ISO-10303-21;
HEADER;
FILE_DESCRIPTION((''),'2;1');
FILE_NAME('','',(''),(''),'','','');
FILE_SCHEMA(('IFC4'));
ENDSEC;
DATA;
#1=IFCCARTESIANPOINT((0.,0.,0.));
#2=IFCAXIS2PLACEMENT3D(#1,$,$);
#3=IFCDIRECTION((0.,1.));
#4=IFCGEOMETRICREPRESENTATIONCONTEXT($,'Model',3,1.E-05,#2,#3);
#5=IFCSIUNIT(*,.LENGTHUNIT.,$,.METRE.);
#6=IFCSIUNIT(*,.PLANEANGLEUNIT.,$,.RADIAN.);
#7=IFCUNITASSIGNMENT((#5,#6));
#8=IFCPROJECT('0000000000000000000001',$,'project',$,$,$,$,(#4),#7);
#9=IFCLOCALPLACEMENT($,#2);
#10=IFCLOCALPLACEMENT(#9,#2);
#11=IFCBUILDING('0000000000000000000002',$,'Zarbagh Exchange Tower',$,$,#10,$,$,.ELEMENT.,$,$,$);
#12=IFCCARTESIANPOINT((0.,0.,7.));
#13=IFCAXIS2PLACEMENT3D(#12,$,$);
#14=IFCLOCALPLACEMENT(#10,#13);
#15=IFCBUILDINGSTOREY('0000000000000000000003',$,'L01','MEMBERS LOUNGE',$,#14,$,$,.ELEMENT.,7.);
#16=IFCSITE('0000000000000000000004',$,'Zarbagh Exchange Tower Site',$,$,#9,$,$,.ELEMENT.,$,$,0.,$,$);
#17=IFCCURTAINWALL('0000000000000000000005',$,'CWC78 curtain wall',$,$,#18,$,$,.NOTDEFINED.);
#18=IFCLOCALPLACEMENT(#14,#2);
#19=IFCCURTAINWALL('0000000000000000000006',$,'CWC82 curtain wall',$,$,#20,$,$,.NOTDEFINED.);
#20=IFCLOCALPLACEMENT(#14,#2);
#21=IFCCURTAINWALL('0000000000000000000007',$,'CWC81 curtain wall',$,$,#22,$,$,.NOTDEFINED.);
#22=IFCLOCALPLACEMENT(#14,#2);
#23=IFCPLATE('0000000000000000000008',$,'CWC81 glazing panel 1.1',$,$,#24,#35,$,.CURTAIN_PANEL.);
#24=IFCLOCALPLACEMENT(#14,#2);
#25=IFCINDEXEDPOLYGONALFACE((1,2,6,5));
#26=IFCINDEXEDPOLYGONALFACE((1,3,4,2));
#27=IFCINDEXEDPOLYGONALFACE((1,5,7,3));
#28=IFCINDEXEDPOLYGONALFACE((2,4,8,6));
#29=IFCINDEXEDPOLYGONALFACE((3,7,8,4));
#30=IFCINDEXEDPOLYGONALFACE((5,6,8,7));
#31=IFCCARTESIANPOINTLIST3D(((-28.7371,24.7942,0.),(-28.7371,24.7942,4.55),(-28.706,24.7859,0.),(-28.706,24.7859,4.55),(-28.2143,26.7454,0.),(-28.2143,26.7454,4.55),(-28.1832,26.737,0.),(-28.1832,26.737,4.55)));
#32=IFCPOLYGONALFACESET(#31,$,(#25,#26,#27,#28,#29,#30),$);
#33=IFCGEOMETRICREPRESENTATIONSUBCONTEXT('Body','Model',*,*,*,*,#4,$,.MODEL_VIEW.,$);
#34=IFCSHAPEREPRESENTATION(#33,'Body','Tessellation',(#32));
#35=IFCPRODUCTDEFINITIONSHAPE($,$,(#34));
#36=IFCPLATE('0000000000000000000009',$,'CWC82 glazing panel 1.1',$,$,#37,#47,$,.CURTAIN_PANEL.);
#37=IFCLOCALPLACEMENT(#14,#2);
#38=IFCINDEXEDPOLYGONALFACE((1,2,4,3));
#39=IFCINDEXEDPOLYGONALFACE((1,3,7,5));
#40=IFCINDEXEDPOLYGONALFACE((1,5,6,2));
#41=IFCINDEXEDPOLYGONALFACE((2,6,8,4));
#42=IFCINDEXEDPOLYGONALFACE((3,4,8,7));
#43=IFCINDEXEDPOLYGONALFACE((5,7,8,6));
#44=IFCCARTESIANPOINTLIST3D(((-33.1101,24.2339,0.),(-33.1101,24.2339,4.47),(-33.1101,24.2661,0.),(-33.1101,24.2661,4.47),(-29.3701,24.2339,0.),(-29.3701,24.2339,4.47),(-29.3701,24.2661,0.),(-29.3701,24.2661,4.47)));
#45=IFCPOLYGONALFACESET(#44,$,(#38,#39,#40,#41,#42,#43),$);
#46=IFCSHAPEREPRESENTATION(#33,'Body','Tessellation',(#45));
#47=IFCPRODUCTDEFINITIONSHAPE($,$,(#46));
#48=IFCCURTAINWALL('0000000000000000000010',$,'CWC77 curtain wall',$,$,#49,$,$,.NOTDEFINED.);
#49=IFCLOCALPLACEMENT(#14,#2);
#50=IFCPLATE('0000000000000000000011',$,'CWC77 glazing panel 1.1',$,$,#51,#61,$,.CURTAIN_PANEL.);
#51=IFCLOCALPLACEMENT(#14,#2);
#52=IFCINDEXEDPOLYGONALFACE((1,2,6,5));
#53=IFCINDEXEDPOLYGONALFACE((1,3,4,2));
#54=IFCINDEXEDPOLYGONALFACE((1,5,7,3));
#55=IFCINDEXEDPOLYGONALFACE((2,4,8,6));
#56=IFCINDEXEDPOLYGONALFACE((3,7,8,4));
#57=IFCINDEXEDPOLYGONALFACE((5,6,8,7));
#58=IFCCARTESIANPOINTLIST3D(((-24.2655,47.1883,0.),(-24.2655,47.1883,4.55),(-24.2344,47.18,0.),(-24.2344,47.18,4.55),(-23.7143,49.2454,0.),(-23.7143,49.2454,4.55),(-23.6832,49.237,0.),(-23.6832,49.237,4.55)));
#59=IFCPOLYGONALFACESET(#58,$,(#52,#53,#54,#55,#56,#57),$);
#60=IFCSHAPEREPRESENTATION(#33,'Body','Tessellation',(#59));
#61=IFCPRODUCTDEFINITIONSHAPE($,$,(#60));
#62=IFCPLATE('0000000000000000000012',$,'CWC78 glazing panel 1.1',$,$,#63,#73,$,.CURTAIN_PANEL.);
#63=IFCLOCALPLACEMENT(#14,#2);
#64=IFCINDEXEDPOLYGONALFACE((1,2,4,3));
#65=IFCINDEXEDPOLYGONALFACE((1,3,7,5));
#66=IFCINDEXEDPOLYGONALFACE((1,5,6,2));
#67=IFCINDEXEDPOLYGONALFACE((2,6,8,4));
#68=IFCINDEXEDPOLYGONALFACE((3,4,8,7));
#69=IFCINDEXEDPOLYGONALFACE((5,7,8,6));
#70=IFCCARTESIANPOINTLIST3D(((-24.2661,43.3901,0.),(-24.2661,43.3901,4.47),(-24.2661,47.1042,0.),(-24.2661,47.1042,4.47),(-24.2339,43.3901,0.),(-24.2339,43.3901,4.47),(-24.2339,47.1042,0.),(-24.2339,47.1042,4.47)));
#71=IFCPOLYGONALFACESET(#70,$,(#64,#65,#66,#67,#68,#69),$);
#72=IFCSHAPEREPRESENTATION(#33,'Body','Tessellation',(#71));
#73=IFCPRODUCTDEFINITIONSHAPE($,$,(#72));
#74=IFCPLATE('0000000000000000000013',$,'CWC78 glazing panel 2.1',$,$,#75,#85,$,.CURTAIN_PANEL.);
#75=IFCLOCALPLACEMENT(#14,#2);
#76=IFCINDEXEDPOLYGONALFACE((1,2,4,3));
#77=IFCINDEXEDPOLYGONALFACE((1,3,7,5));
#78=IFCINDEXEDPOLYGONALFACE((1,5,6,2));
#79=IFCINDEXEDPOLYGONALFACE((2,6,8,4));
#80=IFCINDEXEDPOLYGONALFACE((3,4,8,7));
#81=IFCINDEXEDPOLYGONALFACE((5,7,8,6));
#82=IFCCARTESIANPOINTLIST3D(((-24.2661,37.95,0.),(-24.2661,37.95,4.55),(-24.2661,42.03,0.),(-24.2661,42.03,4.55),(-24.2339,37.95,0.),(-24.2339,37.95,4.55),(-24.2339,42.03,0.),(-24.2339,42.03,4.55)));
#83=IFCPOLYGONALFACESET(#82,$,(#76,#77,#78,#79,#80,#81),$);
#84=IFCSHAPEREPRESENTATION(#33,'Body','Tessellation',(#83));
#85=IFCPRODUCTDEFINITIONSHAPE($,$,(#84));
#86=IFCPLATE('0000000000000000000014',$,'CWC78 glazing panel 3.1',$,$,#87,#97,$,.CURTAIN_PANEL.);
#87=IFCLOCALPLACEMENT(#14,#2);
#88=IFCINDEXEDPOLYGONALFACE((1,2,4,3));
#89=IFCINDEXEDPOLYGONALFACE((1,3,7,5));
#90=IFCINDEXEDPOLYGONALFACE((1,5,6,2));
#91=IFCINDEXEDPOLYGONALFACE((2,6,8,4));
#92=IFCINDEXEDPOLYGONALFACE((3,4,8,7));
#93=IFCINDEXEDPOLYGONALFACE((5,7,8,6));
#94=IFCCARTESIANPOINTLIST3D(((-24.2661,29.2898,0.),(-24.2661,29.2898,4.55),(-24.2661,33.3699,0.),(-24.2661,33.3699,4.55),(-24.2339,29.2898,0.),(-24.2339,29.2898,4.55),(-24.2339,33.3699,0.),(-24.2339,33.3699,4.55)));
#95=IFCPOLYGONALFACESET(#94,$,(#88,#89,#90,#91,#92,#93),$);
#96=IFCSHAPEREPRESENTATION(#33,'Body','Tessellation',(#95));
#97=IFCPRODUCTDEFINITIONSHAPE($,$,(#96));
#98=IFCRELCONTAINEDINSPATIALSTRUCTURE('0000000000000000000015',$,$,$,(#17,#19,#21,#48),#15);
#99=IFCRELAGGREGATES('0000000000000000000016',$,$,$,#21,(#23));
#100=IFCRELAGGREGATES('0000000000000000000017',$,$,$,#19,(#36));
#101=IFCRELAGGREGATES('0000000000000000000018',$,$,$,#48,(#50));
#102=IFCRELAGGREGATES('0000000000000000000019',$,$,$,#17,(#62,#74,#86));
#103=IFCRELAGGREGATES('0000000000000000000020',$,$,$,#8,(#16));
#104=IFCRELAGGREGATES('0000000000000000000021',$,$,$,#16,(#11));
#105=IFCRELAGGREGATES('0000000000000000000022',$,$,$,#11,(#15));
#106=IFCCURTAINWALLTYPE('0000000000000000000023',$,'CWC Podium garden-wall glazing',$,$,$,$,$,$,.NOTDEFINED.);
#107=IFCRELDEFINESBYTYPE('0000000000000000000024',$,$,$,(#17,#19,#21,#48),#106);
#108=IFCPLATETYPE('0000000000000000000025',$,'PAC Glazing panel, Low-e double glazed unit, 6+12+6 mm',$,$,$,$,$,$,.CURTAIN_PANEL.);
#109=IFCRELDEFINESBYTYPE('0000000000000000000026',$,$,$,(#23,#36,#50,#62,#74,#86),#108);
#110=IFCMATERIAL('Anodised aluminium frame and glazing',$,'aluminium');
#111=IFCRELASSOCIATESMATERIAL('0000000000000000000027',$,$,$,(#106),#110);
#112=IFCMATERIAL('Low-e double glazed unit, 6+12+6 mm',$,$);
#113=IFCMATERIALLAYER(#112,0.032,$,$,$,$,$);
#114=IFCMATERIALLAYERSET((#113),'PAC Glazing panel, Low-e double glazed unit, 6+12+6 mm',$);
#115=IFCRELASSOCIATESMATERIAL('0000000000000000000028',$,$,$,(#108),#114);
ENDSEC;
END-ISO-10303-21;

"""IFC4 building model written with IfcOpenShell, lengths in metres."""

from ifc_helpers import new_model, si_unit, direction, frame, origin, place, context, subcontext, project, spatial, polyline, outline, extrude, source, transform, mapped, material, layer, layer_set, type_object, element, aggregate, save


model = new_model("IFC4")

# Units and contexts
model_context = context("Model", 3, precision=1e-05, world=origin(), true_north=direction((0.0, 1.0)))
body_context = subcontext(model_context, "Body", "Model", "MODEL_VIEW")
ifc_project = project(units=[si_unit("LENGTHUNIT", "METRE"), si_unit("PLANEANGLEUNIT", "RADIAN")], contexts=[model_context])

# Site, building, storey
site_placement = place(None, origin())
site = spatial("IfcSite", under=ifc_project, at=site_placement, Name="Zarbagh Exchange Tower Site", CompositionType="ELEMENT", RefElevation=0.0)
building_placement = place(site_placement, origin())
building = spatial("IfcBuilding", under=site, at=building_placement, Name="Zarbagh Exchange Tower", CompositionType="ELEMENT")
storey_placement = place(building_placement, frame((0.0, 0.0, 7.0)))
storey = spatial("IfcBuildingStorey", under=building, at=storey_placement, Name="L01", Description="MEMBERS LOUNGE", CompositionType="ELEMENT", Elevation=7.0)

# Curtain walls
ifc_material_1 = material(Name="Anodised aluminium frame and glazing", Category="aluminium")
curtain_wall_type = type_object("IfcCurtainWallType", Name="CWC Podium garden-wall glazing", PredefinedType="NOTDEFINED", material=ifc_material_1)
curtain_wall_1_placement = place(storey_placement, origin())
curtain_wall_1 = element("IfcCurtainWall", 1, at=curtain_wall_1_placement, inside=storey, type_object=curtain_wall_type, Name="CWC78 curtain wall", PredefinedType="NOTDEFINED")
placement = place(storey_placement, origin())
curtain_wall_2_placement = place(storey_placement, origin())
curtain_wall_2 = element("IfcCurtainWall", 2, at=curtain_wall_2_placement, inside=storey, type_object=curtain_wall_type, Name="CWC82 curtain wall", PredefinedType="NOTDEFINED")

# Shared definitions
ifc_material_2 = material(Name="Low-e double glazed unit, 6+12+6 mm")
ifc_layer = layer(ifc_material_2, 0.032)
ifc_layer_set = layer_set([ifc_layer], Name="PAC Glazing panel, Low-e double glazed unit, 6+12+6 mm")
plate_type = type_object("IfcPlateType", Name="PAC Glazing panel, Low-e double glazed unit, 6+12+6 mm", PredefinedType="CURTAIN_PANEL", material=ifc_layer_set)

# Curtain wall, plate
curtain_wall_3_placement = place(storey_placement, origin())
curtain_wall_3 = element("IfcCurtainWall", 3, at=curtain_wall_3_placement, inside=storey, type_object=curtain_wall_type, Name="CWC81 curtain wall", PredefinedType="NOTDEFINED")
shared_shape_1 = source(origin(), body_context, "Body", "SweptSolid", [
    extrude(outline(polyline([(0.0, -0.0161), (2.02, -0.0161), (2.02, 0.0161), (0.0, 0.0161), (0.0, -0.0161)])), origin(), (0.0, 0.0, 1.0), 4.55),
])
plate_1 = element("IfcPlate", 4, at=placement, type_object=plate_type, Name="CWC81 glazing panel 1.1", PredefinedType="CURTAIN_PANEL", context=body_context, shape_type="MappedRepresentation", body=[
    mapped(shared_shape_1, transform((-28.1987, 26.7412, 0.0), x_axis=(-0.258825, -0.965924, 0.0), y_axis=(0.965924, -0.258825, 0.0), z_axis=(0.0, 0.0, 1.0))),
])
aggregate(curtain_wall_3, [plate_1])

# Plate
shared_shape_2 = source(origin(), body_context, "Body", "SweptSolid", [
    extrude(outline(polyline([(0.0, -0.0161), (3.74, -0.0161), (3.74, 0.0161), (0.0, 0.0161), (0.0, -0.0161)])), origin(), (0.0, 0.0, 1.0), 4.47),
])
plate_2 = element("IfcPlate", 5, at=placement, type_object=plate_type, Name="CWC82 glazing panel 1.1", PredefinedType="CURTAIN_PANEL", context=body_context, shape_type="MappedRepresentation", body=[
    mapped(shared_shape_2, transform((-29.3701, 24.25, 0.0), x_axis=(-1.0, 0.0, 0.0), y_axis=(0.0, -1.0, 0.0), z_axis=(0.0, 0.0, 1.0))),
])
aggregate(curtain_wall_2, [plate_2])

# Curtain wall, plate
curtain_wall_4_placement = place(storey_placement, origin())
curtain_wall_4 = element("IfcCurtainWall", 6, at=curtain_wall_4_placement, inside=storey, type_object=curtain_wall_type, Name="CWC77 curtain wall", PredefinedType="NOTDEFINED")
shared_shape_3 = source(origin(), body_context, "Body", "SweptSolid", [
    extrude(outline(polyline([(0.0, -0.0161), (2.1296, -0.0161), (2.1296, 0.0161), (0.0, 0.0161), (0.0, -0.0161)])), origin(), (0.0, 0.0, 1.0), 4.55),
])
plate_3 = element("IfcPlate", 7, at=placement, type_object=plate_type, Name="CWC77 glazing panel 1.1", PredefinedType="CURTAIN_PANEL", context=body_context, shape_type="MappedRepresentation", body=[
    mapped(shared_shape_3, transform((-23.6987, 49.2412, 0.0), x_axis=(-0.258825, -0.965924, 0.0), y_axis=(0.965924, -0.258825, 0.0), z_axis=(0.0, 0.0, 1.0))),
])
aggregate(curtain_wall_4, [plate_3])

# Plates
shared_shape_4 = source(origin(), body_context, "Body", "SweptSolid", [
    extrude(outline(polyline([(0.0, -0.0161), (3.7141, -0.0161), (3.7141, 0.0161), (0.0, 0.0161), (0.0, -0.0161)])), origin(), (0.0, 0.0, 1.0), 4.47),
])
plate_4 = element("IfcPlate", 8, at=placement, type_object=plate_type, Name="CWC78 glazing panel 1.1", PredefinedType="CURTAIN_PANEL", context=body_context, shape_type="MappedRepresentation", body=[
    mapped(shared_shape_4, transform((-24.25, 47.1042, 0.0), x_axis=(0.0, -1.0, 0.0), y_axis=(1.0, 0.0, 0.0), z_axis=(0.0, 0.0, 1.0))),
])
shared_shape_5 = source(origin(), body_context, "Body", "SweptSolid", [
    extrude(outline(polyline([(0.0, -0.0161), (4.0801, -0.0161), (4.0801, 0.0161), (0.0, 0.0161), (0.0, -0.0161)])), origin(), (0.0, 0.0, 1.0), 4.55),
])
plate_5 = element("IfcPlate", 9, at=placement, type_object=plate_type, Name="CWC78 glazing panel 2.1", PredefinedType="CURTAIN_PANEL", context=body_context, shape_type="MappedRepresentation", body=[
    mapped(shared_shape_5, transform((-24.25, 42.03, 0.0), x_axis=(0.0, -1.0, 0.0), y_axis=(1.0, 0.0, 0.0), z_axis=(0.0, 0.0, 1.0))),
])
plate_6 = element("IfcPlate", 10, at=placement, type_object=plate_type, Name="CWC78 glazing panel 3.1", PredefinedType="CURTAIN_PANEL", context=body_context, shape_type="MappedRepresentation", body=[
    mapped(shared_shape_5, transform((-24.25, 33.3699, 0.0), x_axis=(0.0, -1.0, 0.0), y_axis=(1.0, 0.0, 0.0), z_axis=(0.0, 0.0, 1.0))),
])
aggregate(curtain_wall_1, [plate_4, plate_5, plate_6])

save(model, "model.ifc")
